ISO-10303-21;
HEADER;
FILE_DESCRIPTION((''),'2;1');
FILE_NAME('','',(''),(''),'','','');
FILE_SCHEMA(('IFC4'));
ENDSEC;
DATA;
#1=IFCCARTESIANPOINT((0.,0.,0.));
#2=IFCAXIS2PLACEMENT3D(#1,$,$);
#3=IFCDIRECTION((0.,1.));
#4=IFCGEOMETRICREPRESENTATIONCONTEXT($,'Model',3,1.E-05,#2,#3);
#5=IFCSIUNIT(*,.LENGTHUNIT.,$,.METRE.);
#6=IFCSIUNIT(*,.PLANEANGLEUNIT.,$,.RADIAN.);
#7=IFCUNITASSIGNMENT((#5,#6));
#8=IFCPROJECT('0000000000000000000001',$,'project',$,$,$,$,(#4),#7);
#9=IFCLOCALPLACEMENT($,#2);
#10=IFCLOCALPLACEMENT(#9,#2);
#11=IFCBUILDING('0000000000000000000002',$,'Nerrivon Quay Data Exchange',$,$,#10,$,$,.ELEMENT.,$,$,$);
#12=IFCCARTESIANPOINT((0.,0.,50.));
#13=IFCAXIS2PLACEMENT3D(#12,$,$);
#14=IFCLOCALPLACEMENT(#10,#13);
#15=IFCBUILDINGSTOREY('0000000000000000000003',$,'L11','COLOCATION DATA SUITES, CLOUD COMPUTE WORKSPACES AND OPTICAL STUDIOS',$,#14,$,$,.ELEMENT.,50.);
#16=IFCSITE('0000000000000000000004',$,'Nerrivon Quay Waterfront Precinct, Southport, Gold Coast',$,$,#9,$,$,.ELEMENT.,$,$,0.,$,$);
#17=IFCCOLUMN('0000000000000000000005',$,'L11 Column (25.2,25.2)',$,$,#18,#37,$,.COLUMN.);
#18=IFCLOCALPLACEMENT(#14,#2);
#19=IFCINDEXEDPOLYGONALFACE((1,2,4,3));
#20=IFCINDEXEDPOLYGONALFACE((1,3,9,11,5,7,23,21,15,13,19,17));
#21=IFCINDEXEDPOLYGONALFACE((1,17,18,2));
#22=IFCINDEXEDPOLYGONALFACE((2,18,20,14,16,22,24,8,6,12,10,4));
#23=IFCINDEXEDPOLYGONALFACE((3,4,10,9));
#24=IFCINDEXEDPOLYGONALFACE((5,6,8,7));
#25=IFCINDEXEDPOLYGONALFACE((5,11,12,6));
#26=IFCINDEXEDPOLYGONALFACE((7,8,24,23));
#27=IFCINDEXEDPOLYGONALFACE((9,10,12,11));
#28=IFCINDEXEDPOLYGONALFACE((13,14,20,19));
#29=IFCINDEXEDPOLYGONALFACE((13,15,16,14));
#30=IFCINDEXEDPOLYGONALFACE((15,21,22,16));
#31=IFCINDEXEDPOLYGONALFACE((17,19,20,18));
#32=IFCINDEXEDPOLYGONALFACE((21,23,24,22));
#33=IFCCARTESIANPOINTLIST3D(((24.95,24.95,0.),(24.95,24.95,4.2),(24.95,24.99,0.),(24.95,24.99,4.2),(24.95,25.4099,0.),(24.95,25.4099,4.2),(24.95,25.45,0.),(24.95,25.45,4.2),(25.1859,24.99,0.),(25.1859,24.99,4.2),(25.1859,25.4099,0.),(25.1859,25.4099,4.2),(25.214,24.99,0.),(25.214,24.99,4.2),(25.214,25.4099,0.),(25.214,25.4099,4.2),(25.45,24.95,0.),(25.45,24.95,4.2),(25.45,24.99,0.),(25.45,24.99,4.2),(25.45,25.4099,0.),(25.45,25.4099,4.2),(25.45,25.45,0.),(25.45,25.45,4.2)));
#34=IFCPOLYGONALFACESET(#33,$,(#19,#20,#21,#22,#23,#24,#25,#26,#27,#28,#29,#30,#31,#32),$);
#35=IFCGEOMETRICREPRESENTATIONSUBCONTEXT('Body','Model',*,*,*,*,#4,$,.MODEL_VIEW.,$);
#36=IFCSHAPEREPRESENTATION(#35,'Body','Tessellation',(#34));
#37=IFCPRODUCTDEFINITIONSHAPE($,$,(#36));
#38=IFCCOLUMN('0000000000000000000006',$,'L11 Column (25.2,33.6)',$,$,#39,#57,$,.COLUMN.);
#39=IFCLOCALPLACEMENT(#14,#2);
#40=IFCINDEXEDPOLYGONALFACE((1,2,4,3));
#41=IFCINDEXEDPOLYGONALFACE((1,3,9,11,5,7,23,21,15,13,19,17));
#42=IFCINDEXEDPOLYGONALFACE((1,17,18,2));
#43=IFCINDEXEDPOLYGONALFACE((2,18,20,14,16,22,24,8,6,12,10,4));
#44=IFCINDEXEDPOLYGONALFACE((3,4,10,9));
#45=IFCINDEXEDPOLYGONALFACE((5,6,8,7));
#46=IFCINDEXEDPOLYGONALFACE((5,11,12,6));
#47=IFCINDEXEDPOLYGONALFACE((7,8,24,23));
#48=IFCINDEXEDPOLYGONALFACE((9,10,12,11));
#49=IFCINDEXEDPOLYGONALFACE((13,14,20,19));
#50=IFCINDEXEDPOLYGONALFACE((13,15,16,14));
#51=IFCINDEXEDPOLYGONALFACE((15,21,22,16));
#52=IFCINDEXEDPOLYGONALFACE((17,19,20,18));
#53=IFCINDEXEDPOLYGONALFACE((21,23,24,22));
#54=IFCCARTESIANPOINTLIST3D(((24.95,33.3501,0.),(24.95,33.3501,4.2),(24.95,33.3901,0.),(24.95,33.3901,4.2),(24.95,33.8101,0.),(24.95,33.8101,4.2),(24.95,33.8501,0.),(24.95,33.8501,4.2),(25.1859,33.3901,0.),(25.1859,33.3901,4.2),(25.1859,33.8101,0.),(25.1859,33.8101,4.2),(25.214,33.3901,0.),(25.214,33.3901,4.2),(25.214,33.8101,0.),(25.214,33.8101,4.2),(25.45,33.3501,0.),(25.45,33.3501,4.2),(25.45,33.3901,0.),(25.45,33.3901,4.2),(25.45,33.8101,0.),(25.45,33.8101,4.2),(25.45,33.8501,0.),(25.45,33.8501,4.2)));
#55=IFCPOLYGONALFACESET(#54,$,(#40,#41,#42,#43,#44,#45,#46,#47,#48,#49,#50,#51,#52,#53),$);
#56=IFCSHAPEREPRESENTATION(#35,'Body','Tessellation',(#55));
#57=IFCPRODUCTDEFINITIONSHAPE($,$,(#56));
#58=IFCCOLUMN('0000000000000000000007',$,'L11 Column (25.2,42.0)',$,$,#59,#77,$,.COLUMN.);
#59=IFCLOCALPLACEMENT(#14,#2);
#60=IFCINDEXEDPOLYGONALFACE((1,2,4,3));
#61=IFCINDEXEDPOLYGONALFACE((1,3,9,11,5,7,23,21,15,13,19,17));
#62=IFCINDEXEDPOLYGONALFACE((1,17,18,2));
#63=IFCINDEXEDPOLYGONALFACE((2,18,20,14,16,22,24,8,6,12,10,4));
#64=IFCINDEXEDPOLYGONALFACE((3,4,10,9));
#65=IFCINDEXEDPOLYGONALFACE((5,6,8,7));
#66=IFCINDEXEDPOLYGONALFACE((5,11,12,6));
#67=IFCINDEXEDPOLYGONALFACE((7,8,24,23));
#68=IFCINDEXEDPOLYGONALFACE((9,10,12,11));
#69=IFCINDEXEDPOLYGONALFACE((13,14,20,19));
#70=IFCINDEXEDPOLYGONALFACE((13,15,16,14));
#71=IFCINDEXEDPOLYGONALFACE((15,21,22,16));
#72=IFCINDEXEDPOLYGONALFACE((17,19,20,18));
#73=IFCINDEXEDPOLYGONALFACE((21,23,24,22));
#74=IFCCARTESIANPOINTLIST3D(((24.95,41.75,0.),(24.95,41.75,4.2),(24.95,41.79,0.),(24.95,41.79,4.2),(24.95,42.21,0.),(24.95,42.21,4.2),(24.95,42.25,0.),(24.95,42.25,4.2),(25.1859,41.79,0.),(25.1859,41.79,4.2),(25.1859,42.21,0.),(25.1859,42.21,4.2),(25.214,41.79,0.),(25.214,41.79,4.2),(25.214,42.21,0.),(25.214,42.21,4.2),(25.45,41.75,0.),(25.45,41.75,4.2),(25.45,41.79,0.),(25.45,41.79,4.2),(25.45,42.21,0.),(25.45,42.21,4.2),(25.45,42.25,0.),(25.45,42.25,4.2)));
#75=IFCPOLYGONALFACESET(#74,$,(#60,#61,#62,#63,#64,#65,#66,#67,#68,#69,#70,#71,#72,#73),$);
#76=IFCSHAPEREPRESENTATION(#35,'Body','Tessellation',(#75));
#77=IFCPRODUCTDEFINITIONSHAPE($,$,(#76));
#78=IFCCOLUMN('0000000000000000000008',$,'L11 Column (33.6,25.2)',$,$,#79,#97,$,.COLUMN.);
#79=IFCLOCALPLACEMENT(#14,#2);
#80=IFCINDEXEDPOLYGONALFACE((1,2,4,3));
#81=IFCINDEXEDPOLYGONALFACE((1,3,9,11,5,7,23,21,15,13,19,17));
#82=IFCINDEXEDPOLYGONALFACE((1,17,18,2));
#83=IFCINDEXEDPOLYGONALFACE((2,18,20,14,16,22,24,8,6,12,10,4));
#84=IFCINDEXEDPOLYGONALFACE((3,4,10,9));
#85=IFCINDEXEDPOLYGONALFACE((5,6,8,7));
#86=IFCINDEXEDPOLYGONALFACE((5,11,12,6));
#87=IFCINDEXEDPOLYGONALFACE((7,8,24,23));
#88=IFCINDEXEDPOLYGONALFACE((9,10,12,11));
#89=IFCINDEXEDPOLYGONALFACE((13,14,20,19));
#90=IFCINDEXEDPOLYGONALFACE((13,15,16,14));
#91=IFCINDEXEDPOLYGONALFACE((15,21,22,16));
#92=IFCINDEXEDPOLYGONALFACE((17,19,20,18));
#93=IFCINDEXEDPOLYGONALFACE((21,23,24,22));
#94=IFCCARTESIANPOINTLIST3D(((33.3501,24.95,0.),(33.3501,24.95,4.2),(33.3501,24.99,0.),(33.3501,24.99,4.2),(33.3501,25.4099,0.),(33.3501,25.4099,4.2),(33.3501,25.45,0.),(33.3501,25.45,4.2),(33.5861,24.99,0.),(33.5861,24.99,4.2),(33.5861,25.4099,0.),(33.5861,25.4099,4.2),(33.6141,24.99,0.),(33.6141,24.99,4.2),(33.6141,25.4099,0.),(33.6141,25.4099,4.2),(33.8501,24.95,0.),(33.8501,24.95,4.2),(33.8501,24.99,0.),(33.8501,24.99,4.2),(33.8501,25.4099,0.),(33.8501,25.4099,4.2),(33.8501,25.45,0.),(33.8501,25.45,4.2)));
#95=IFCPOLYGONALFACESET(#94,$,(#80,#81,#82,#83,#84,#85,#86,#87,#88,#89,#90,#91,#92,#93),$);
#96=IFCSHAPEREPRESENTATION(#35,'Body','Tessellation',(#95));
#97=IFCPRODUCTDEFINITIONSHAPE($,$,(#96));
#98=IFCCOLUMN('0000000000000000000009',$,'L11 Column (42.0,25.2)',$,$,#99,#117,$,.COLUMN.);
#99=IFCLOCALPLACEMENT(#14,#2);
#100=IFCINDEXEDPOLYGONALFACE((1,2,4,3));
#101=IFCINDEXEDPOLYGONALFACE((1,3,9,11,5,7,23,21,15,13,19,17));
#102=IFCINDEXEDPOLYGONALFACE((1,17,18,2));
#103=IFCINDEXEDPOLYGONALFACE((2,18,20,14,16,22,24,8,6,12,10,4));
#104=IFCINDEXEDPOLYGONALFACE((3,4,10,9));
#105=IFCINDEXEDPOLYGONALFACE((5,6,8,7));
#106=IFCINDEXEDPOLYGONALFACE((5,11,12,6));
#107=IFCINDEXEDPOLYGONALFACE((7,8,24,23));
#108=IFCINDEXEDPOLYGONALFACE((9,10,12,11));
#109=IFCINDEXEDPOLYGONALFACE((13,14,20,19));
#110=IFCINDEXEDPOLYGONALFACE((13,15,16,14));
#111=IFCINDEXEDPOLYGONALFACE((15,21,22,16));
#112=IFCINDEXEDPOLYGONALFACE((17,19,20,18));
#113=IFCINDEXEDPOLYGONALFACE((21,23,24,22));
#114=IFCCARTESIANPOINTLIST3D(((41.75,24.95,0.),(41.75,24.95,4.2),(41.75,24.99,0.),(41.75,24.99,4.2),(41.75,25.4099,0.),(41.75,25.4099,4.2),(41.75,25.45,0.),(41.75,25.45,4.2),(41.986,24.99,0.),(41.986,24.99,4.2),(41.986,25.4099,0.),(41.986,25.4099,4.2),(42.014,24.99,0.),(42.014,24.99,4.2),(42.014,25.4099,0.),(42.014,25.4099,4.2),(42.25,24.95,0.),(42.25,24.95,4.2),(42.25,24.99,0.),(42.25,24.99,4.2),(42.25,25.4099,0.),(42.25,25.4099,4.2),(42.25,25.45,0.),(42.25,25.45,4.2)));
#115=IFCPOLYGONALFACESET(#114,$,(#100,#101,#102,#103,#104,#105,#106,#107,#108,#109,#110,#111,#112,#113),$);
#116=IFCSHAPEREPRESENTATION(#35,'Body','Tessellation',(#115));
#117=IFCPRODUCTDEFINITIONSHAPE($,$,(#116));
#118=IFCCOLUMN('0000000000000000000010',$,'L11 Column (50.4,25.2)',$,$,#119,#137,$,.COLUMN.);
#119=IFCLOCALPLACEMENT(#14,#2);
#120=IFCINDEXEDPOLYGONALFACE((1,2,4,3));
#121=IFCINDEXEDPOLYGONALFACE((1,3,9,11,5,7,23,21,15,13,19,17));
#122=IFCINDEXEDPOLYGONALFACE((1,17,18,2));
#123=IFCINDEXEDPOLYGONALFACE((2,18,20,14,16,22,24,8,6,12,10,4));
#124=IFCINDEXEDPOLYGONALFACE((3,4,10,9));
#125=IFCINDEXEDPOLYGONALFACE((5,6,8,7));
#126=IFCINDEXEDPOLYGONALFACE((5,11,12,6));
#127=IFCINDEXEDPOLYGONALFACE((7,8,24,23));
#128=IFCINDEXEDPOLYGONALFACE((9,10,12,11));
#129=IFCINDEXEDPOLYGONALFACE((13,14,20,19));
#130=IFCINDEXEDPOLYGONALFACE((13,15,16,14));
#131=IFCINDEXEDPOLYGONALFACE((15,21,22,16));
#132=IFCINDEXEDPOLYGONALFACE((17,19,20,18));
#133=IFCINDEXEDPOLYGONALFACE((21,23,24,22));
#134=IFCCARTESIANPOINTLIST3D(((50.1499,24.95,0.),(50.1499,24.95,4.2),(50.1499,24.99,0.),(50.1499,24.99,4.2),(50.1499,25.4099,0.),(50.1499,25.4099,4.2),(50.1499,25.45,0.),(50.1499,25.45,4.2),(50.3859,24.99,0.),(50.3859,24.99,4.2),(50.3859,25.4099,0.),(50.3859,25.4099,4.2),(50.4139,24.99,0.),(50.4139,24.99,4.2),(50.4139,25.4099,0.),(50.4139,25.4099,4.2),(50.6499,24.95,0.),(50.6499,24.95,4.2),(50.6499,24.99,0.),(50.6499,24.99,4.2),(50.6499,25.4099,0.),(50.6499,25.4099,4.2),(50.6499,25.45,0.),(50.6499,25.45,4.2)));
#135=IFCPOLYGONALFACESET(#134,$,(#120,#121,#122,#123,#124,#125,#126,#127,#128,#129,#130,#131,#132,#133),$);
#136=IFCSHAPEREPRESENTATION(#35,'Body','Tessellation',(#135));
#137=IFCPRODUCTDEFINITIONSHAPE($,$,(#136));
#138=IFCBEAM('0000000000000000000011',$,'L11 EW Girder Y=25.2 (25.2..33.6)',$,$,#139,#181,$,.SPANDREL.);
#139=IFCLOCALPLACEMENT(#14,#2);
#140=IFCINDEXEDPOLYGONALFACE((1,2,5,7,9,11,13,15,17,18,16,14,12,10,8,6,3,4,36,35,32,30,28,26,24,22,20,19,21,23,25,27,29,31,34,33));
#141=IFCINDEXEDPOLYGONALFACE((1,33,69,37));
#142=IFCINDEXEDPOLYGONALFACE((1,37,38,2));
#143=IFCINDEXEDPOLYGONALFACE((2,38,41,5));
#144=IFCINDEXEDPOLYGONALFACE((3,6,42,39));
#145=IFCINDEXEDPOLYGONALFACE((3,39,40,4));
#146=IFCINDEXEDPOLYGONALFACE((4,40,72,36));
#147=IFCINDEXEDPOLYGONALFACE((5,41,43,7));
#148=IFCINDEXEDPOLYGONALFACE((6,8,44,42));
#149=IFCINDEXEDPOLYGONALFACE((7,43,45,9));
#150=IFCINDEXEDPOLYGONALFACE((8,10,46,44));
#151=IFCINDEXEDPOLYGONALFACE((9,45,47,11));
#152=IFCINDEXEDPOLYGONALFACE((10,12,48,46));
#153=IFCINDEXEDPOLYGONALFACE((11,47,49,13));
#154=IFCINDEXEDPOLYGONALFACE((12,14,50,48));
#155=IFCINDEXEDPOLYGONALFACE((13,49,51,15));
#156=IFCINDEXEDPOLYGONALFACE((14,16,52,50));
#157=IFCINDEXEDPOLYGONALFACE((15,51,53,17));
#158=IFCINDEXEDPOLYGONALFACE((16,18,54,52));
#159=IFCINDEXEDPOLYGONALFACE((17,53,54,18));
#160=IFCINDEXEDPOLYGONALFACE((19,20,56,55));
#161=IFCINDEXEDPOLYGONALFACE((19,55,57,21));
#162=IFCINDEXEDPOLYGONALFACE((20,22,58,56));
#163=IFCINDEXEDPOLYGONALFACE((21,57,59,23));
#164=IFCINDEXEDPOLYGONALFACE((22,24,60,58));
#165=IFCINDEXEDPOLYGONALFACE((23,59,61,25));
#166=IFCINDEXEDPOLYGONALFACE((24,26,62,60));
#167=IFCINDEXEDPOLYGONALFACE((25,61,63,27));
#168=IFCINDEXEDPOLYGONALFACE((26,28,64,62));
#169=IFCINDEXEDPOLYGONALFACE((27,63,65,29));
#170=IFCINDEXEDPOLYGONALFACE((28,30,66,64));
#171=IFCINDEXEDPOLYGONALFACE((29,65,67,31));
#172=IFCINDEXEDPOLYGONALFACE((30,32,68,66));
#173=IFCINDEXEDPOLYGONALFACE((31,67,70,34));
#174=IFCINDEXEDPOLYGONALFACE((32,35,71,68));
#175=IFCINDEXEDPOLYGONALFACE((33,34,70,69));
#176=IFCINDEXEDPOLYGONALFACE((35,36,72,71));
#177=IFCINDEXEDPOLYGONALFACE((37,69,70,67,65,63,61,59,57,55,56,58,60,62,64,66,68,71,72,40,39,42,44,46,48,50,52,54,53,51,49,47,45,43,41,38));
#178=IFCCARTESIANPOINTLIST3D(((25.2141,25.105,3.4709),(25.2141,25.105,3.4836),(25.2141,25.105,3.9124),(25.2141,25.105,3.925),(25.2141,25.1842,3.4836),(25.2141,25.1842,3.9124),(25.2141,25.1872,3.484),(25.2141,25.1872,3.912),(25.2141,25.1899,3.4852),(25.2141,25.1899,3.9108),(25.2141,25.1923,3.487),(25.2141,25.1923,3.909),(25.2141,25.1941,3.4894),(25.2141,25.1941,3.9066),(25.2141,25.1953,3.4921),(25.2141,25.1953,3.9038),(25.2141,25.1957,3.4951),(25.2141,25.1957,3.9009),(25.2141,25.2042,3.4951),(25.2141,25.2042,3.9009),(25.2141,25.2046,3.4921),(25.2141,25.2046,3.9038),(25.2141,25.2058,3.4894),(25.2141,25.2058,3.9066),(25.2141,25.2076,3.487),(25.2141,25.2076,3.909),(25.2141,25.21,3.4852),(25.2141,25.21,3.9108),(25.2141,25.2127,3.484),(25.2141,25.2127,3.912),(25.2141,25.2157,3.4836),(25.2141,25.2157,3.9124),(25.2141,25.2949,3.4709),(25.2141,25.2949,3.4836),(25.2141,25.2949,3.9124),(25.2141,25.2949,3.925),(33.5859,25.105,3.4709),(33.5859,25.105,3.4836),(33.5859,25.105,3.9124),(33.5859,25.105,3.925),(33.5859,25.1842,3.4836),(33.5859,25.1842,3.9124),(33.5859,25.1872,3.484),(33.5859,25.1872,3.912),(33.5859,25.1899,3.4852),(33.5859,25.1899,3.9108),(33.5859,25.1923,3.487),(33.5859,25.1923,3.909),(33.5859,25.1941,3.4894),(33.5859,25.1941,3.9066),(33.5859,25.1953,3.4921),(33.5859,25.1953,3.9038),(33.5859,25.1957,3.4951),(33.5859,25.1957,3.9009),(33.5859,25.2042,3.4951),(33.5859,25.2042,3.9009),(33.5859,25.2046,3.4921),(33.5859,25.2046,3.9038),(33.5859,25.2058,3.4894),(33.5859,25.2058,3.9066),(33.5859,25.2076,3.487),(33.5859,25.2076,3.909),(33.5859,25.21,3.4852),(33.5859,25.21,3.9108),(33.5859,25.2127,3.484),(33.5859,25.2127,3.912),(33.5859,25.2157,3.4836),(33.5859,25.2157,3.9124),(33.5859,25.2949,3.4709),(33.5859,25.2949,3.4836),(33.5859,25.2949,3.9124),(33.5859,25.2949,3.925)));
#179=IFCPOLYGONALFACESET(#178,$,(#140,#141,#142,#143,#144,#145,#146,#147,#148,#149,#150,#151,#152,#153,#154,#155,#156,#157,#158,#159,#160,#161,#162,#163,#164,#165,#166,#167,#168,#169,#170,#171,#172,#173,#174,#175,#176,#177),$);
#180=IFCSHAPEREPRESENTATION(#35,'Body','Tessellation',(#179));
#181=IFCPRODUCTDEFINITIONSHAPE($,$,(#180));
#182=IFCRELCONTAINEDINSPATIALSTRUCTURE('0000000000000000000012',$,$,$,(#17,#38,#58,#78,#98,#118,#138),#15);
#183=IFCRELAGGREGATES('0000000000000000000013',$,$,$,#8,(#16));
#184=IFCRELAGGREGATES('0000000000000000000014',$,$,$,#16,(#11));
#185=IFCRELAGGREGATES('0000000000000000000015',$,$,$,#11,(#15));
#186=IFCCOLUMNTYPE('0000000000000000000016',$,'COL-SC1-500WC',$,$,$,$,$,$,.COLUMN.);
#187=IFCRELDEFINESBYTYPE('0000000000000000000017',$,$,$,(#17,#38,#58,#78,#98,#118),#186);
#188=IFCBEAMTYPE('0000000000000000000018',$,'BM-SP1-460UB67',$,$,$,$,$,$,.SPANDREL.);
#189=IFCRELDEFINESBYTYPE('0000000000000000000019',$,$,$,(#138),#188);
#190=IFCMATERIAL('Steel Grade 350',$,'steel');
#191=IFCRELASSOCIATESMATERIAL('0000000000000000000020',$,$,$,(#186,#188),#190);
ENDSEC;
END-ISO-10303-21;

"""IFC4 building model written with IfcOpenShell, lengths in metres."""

from ifc_helpers import new_model, si_unit, direction, frame, origin, origin_2d, place, context, subcontext, project, spatial, i_section, extrude, material, material_profile, profile_set, type_object, element, save


model = new_model("IFC4")

# Units and contexts
model_context = context("Model", 3, precision=1e-05, world=origin(), true_north=direction((0.0, 1.0)))
body_context = subcontext(model_context, "Body", "Model", "MODEL_VIEW")
ifc_project = project(units=[si_unit("LENGTHUNIT", "METRE"), si_unit("PLANEANGLEUNIT", "RADIAN")], contexts=[model_context])

# Site, building, storey
site_placement = place(None, origin())
site = spatial("IfcSite", under=ifc_project, at=site_placement, Name="Nerrivon Quay Waterfront Precinct, Southport, Gold Coast", CompositionType="ELEMENT", RefElevation=0.0)
building_placement = place(site_placement, origin())
building = spatial("IfcBuilding", under=site, at=building_placement, Name="Nerrivon Quay Data Exchange", CompositionType="ELEMENT")
storey_placement = place(building_placement, frame((0.0, 0.0, 50.0)))
storey = spatial("IfcBuildingStorey", under=building, at=storey_placement, Name="L11", Description="COLOCATION DATA SUITES, CLOUD COMPUTE WORKSPACES AND OPTICAL STUDIOS", CompositionType="ELEMENT", Elevation=50.0)

# Columns
ifc_material_1 = material(Name="Steel Grade 350", Category="steel")
ifc_material_profile_1 = material_profile(ifc_material_1, i_section(OverallWidth=0.5, OverallDepth=0.5, WebThickness=0.0281, FlangeThickness=0.04, at=origin_2d()), Name="500WC440")
ifc_profile_set_1 = profile_set([ifc_material_profile_1], Name="Steel Grade 350")
column_type = type_object("IfcColumnType", Name="COL-SC1-500WC", PredefinedType="COLUMN", material=ifc_profile_set_1)
for number, where, z_axis, x_axis, name in (
    (1, (25.2, 25.2, 0.0), (0.0, 0.0, 1.0), (1.0, 0.0, 0.0), "L11 Column (25.2,25.2)"),
    (2, (25.2, 33.6001, 0.0), (0.0, 0.0, 1.0), (1.0, 0.0, 0.0), "L11 Column (25.2,33.6)"),
    (3, (25.2, 42.0, 0.0), (0.0, 0.0, 1.0), (1.0, 0.0, 0.0), "L11 Column (25.2,42.0)"),
    (4, (33.6001, 25.2, 0.0), (0.0, 0.0, 1.0), (1.0, 0.0, 0.0), "L11 Column (33.6,25.2)"),
    (5, (42.0, 25.2, 0.0), (0.0, 0.0, 1.0), (1.0, 0.0, 0.0), "L11 Column (42.0,25.2)"),
    (6, (50.3999, 25.2, 0.0), (0.0, 0.0, 1.0), (1.0, 0.0, 0.0), "L11 Column (50.4,25.2)"),
):
    element("IfcColumn", number, at=place(storey_placement, frame(where, z_axis=z_axis, x_axis=x_axis)), inside=storey, type_object=column_type, Name=name, PredefinedType="COLUMN", context=body_context, shape_type="SweptSolid", body=[
        extrude(i_section(OverallWidth=0.5, OverallDepth=0.5, WebThickness=0.0281, FlangeThickness=0.04, at=origin_2d()), origin(), (0.0, 0.0, 1.0), 4.2),
    ])

# Beam
ifc_material_profile_2 = material_profile(ifc_material_1, i_section(OverallWidth=0.1899, OverallDepth=0.4541, WebThickness=0.0085, FlangeThickness=0.0127, FilletRadius=0.0115, at=origin_2d()), Name="460UB67.1")
ifc_profile_set_2 = profile_set([ifc_material_profile_2], Name="Steel Grade 350")
beam_type = type_object("IfcBeamType", Name="BM-SP1-460UB67", PredefinedType="SPANDREL", material=ifc_profile_set_2)
beam_1_placement = place(storey_placement, frame((25.2141, 25.2, 3.698), z_axis=(1.0, 0.0, 0.0), x_axis=(0.0, 1.0, 0.0)))
element("IfcBeam", 7, at=beam_1_placement, inside=storey, type_object=beam_type, Name="L11 EW Girder Y=25.2 (25.2..33.6)", PredefinedType="SPANDREL", context=body_context, shape_type="SweptSolid", body=[
    extrude(i_section(OverallWidth=0.1899, OverallDepth=0.4541, WebThickness=0.0085, FlangeThickness=0.0127, FilletRadius=0.0115, at=origin_2d()), origin(), (0.0, 0.0, 1.0), 8.3718),
])

save(model, "model.ifc")
